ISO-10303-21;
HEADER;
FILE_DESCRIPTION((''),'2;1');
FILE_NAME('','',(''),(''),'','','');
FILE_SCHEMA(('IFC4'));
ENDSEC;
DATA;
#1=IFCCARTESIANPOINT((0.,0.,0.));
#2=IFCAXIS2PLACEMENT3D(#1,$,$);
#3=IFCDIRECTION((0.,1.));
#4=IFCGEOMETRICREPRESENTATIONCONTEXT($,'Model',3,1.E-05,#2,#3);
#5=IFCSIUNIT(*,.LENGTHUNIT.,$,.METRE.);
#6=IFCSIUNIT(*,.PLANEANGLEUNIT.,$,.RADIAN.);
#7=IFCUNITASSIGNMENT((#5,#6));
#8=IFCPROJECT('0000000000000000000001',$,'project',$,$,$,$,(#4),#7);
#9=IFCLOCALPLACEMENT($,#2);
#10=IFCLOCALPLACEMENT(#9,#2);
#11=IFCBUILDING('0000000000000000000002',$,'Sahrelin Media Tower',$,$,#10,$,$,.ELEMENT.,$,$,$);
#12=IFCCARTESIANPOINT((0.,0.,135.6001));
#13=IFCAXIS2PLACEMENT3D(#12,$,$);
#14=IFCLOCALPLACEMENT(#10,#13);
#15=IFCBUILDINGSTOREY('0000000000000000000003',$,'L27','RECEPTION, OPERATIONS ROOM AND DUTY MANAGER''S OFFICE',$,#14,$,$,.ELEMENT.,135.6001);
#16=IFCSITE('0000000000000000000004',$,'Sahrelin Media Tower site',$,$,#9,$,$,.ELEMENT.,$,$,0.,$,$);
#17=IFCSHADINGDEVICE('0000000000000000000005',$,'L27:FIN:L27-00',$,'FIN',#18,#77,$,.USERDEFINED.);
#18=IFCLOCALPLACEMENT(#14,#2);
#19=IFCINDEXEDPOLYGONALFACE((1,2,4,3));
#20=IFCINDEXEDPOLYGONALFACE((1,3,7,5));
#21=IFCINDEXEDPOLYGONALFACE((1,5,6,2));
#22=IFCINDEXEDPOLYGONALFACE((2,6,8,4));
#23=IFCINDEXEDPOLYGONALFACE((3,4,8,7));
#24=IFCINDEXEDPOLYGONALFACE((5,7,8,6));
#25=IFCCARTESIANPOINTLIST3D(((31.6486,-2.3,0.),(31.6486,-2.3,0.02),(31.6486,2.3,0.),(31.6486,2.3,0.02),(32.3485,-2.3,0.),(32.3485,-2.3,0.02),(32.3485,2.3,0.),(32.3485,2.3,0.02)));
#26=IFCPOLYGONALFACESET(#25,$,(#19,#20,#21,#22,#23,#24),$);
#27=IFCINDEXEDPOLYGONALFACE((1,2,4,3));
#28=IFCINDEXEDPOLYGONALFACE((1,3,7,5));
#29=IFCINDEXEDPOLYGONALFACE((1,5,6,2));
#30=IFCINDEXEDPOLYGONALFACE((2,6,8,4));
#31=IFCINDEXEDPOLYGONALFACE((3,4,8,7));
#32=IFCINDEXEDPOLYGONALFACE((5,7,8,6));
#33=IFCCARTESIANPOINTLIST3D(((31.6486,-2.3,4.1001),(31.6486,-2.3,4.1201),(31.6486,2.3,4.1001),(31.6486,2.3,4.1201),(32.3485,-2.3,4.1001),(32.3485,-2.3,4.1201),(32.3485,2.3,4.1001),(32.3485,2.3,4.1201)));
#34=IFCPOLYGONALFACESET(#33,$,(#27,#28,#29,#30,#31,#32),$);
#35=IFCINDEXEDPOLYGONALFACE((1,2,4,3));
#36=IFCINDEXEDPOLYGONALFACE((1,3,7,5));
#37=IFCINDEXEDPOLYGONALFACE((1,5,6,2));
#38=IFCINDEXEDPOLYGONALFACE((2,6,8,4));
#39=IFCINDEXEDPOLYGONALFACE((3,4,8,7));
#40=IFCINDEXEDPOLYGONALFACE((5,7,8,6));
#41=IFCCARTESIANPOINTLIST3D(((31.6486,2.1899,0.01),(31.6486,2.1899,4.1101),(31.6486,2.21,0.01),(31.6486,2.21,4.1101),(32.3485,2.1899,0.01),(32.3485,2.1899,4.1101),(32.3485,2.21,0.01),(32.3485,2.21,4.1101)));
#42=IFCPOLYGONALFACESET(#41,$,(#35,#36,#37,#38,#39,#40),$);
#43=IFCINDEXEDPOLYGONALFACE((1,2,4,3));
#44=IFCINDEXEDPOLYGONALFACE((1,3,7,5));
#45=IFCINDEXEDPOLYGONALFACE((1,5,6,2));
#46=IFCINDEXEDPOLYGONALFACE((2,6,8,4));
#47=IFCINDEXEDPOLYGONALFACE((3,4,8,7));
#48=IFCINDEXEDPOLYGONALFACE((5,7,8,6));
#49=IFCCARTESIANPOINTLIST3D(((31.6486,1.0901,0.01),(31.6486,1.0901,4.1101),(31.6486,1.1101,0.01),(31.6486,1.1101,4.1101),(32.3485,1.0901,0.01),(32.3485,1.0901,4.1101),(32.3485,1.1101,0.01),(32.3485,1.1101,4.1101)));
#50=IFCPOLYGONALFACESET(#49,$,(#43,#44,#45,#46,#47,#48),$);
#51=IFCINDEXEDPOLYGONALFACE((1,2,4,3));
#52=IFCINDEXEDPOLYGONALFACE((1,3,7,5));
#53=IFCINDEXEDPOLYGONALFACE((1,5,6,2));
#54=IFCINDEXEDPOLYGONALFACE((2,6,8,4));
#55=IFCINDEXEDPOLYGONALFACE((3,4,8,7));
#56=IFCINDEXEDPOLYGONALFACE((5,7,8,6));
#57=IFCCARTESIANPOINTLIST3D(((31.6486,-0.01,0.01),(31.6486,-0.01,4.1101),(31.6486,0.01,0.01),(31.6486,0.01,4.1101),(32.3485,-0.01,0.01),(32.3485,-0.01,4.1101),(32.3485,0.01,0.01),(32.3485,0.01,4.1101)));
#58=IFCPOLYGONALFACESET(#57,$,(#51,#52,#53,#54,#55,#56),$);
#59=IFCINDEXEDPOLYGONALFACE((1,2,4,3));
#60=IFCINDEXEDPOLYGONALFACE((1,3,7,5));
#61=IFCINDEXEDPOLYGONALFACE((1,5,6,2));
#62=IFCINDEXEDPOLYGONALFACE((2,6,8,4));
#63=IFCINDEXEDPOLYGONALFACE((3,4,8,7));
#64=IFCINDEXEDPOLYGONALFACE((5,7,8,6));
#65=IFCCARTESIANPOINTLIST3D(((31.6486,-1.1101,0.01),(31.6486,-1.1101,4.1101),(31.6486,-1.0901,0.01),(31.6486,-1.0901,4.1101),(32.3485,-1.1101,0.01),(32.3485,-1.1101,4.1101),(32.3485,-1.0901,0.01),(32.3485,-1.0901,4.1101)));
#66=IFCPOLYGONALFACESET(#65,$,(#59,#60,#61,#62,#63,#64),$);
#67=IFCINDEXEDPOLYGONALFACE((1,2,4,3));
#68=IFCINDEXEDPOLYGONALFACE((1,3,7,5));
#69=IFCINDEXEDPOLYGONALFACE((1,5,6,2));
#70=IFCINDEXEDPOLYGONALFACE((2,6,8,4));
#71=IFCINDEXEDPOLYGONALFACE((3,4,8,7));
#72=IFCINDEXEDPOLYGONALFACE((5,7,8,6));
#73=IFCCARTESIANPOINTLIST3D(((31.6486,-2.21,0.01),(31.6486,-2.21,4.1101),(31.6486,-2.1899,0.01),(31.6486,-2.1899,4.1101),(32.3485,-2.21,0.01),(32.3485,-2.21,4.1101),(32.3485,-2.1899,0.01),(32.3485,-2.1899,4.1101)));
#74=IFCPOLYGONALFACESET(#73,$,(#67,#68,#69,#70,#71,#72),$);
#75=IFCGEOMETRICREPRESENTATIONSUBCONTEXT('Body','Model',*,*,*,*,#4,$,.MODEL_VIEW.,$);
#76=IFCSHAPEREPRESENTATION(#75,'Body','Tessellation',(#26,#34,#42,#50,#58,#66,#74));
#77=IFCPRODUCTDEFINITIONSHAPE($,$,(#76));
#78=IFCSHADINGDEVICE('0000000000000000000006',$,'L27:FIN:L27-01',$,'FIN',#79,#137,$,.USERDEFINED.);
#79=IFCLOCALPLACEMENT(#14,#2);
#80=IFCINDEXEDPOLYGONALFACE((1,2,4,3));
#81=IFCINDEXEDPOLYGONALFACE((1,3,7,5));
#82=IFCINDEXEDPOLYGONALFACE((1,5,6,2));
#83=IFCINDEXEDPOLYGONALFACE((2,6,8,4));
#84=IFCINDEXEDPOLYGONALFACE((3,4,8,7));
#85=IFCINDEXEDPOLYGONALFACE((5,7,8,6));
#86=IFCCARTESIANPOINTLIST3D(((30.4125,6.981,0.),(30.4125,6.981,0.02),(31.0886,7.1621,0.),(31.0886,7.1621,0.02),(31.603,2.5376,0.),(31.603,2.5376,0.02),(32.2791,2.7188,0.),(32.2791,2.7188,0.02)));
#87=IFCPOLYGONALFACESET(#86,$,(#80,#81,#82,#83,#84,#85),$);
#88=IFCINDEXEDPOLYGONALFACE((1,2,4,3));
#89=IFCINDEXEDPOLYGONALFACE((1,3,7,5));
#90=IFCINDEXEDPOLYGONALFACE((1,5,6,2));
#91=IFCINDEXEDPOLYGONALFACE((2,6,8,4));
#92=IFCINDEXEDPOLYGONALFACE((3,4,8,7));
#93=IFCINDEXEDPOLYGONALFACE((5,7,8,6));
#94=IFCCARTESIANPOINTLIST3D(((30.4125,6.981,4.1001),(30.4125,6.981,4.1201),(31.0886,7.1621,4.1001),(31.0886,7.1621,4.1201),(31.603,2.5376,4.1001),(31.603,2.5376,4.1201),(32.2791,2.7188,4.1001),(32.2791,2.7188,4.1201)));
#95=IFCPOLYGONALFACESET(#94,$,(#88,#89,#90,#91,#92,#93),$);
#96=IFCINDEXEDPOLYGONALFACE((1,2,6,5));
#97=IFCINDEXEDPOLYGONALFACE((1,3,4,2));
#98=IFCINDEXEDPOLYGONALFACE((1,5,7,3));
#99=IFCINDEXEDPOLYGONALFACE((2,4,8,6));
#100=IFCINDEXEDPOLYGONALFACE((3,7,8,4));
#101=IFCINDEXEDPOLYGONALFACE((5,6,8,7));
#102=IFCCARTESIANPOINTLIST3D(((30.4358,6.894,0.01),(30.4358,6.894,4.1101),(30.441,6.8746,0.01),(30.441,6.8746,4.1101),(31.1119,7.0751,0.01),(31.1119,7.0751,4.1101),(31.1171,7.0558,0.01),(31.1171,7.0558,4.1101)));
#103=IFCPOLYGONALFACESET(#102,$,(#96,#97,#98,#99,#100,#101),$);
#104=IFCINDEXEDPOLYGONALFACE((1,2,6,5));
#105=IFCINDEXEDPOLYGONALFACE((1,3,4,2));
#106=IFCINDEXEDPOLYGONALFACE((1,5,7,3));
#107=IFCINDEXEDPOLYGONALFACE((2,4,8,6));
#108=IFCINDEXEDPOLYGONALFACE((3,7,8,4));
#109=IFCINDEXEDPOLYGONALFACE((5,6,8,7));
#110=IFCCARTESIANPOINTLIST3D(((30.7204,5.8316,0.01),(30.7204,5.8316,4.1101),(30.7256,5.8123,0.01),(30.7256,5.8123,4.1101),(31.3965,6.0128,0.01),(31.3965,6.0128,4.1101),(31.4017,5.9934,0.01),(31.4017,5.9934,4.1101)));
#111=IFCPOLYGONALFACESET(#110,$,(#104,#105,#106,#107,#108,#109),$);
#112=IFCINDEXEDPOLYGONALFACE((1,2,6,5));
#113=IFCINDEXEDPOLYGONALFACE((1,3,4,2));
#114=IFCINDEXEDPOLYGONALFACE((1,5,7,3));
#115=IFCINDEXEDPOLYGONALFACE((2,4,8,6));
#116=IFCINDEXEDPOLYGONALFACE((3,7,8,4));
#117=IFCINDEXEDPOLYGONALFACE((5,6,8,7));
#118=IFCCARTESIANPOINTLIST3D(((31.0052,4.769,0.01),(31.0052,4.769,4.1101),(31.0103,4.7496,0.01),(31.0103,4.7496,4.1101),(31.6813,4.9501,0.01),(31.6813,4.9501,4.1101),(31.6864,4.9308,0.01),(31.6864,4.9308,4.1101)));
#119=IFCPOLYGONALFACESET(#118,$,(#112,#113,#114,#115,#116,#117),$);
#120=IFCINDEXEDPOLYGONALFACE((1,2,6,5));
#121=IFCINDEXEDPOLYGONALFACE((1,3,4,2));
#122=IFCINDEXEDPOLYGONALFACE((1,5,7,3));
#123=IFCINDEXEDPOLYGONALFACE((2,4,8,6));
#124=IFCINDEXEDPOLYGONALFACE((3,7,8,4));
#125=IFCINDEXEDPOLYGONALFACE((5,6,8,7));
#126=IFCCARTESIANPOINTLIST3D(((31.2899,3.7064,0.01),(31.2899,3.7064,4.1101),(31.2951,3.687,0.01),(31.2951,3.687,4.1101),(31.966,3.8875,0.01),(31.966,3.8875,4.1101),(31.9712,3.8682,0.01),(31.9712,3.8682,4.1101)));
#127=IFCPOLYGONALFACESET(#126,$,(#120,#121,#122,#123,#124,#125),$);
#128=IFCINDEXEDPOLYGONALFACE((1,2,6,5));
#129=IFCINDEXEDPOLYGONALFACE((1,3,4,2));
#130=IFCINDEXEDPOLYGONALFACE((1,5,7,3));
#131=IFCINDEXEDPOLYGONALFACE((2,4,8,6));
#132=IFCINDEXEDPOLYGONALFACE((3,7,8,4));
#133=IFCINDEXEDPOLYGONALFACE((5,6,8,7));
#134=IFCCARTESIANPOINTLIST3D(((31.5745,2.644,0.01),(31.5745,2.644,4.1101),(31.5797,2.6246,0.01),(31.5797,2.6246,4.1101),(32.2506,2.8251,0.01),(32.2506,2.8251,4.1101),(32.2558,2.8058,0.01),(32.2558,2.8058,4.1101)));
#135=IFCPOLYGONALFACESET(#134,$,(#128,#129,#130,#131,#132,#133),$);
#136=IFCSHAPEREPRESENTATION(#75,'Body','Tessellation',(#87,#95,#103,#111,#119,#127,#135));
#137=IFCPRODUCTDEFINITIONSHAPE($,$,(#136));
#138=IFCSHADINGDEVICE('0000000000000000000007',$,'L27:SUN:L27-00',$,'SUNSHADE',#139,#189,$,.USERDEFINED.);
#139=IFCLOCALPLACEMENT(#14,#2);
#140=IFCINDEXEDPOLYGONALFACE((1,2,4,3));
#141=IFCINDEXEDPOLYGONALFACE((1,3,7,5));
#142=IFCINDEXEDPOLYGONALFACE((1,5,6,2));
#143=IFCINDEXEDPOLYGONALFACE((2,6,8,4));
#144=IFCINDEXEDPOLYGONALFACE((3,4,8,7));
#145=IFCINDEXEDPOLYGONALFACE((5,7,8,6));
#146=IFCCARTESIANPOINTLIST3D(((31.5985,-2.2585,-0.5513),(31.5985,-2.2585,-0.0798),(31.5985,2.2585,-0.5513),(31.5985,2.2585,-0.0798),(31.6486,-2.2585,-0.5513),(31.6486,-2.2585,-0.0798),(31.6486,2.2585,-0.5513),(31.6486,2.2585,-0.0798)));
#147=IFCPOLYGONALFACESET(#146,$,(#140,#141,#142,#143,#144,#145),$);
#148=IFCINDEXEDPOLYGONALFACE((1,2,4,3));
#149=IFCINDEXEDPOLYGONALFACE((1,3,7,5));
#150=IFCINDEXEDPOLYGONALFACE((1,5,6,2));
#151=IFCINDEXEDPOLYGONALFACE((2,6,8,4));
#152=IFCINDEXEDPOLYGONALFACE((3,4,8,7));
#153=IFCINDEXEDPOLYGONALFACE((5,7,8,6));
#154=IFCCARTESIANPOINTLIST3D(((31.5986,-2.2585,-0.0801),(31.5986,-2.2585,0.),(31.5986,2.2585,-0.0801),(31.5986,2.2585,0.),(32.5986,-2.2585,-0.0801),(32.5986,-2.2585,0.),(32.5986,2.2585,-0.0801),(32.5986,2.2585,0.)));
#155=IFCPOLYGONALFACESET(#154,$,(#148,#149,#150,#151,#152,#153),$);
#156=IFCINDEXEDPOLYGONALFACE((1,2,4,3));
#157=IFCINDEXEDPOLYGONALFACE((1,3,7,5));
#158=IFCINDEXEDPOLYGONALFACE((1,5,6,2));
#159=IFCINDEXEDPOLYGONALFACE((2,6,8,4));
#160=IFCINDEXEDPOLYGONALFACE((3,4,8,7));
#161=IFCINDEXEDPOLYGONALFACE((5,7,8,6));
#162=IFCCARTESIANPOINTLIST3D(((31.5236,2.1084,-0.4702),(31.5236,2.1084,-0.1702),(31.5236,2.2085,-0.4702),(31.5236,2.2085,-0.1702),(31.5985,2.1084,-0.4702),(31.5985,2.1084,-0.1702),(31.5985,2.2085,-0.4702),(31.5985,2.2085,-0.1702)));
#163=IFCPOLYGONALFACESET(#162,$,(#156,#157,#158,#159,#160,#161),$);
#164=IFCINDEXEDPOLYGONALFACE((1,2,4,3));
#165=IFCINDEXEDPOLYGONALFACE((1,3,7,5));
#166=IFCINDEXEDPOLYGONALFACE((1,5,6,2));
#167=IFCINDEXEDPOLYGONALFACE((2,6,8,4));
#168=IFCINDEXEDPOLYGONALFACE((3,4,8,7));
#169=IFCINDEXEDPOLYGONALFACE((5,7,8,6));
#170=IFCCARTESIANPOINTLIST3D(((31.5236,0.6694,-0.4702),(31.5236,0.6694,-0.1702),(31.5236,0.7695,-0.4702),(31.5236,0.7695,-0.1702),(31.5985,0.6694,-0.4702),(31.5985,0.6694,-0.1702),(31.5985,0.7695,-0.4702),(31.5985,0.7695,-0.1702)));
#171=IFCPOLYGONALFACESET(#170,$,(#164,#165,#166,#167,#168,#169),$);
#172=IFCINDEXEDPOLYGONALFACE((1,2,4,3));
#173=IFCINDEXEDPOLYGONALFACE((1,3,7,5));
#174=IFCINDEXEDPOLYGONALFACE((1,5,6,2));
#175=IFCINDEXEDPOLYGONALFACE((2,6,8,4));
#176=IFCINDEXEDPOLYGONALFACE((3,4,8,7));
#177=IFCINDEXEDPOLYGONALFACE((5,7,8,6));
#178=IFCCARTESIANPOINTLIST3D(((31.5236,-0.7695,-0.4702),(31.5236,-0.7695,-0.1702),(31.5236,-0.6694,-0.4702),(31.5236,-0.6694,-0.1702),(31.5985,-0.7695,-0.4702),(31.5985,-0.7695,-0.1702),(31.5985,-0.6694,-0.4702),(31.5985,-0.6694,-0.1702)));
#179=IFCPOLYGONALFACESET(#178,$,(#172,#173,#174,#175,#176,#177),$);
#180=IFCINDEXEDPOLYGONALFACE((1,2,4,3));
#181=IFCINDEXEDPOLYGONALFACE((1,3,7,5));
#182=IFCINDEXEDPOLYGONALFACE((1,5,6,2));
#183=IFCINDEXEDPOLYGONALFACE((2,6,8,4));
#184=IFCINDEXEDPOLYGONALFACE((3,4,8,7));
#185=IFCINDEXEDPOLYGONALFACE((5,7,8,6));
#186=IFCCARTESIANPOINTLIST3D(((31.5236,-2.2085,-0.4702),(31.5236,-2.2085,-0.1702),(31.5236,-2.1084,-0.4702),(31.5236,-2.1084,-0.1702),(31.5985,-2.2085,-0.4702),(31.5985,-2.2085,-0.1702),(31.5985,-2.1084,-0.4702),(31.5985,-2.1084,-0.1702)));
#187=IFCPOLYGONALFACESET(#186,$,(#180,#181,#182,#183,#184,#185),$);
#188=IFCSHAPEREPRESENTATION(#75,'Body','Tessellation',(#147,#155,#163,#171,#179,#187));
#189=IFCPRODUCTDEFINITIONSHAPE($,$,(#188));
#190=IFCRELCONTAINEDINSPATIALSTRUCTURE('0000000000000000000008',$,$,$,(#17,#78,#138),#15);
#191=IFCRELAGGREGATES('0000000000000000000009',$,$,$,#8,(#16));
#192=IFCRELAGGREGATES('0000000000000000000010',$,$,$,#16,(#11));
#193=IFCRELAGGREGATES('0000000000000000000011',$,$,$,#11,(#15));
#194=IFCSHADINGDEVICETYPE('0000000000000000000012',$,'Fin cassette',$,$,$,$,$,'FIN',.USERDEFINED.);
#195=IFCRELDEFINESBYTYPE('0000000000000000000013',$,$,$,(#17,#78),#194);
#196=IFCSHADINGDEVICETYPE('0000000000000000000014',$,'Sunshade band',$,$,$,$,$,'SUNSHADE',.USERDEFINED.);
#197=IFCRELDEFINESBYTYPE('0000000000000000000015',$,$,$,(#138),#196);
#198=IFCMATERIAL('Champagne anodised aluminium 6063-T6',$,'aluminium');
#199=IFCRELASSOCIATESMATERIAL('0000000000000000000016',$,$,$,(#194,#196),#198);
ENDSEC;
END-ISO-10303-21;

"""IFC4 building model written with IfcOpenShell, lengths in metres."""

from ifc_helpers import new_model, si_unit, direction, frame, origin, origin_2d, place, context, subcontext, project, spatial, rectangle, extrude, material, type_object, element, save


model = new_model("IFC4")

# Units and contexts
model_context = context("Model", 3, precision=1e-05, world=origin(), true_north=direction((0.0, 1.0)))
body_context = subcontext(model_context, "Body", "Model", "MODEL_VIEW")
ifc_project = project(units=[si_unit("LENGTHUNIT", "METRE"), si_unit("PLANEANGLEUNIT", "RADIAN")], contexts=[model_context])

# Site, building, storey
site_placement = place(None, origin())
site = spatial("IfcSite", under=ifc_project, at=site_placement, Name="Sahrelin Media Tower site", CompositionType="ELEMENT", RefElevation=0.0)
building_placement = place(site_placement, origin())
building = spatial("IfcBuilding", under=site, at=building_placement, Name="Sahrelin Media Tower", CompositionType="ELEMENT")
storey_placement = place(building_placement, frame((0.0, 0.0, 135.6001)))
storey = spatial("IfcBuildingStorey", under=building, at=storey_placement, Name="L27", Description="RECEPTION, OPERATIONS ROOM AND DUTY MANAGER'S OFFICE", CompositionType="ELEMENT", Elevation=135.6001)

# Shared definitions
ifc_material_1 = material(Name="Champagne anodised aluminium 6063-T6", Category="aluminium")

# Shading devices
shading_device_type_1 = type_object("IfcShadingDeviceType", Name="Fin cassette", ElementType="FIN", PredefinedType="USERDEFINED", material=ifc_material_1)
placement_1 = place(storey_placement, frame((31.5786, 0.0, 0.0), z_axis=(0.0, 0.0, 1.0), x_axis=(0.0, -1.0, 0.0)))
element("IfcShadingDevice", 1, at=placement_1, inside=storey, type_object=shading_device_type_1, Name="L27:FIN:L27-00", ObjectType="FIN", PredefinedType="USERDEFINED", context=body_context, shape_type="SweptSolid", body=[
    extrude(rectangle(XDim=4.6001, YDim=0.7, at=origin_2d()), frame((0.0, 0.4199, 0.0)), (0.0, 0.0, 1.0), 0.02),
    extrude(rectangle(XDim=4.6001, YDim=0.7, at=origin_2d()), frame((0.0, 0.4199, 4.1001)), (0.0, 0.0, 1.0), 0.02),
    extrude(rectangle(XDim=0.02, YDim=0.7, at=origin_2d()), frame((-2.2, 0.4199, 0.01), z_axis=(0.0, 0.0, 1.0), x_axis=(1.0, 0.0, 0.0)), (0.0, 0.0, 1.0), 4.1001),
    extrude(rectangle(XDim=0.02, YDim=0.7, at=origin_2d()), frame((-1.1001, 0.4199, 0.01), z_axis=(0.0, 0.0, 1.0), x_axis=(1.0, 0.0, 0.0)), (0.0, 0.0, 1.0), 4.1001),
    extrude(rectangle(XDim=0.02, YDim=0.7, at=origin_2d()), frame((0.0, 0.4199, 0.01), z_axis=(0.0, 0.0, 1.0), x_axis=(1.0, 0.0, 0.0)), (0.0, 0.0, 1.0), 4.1001),
    extrude(rectangle(XDim=0.02, YDim=0.7, at=origin_2d()), frame((1.1001, 0.4199, 0.01), z_axis=(0.0, 0.0, 1.0), x_axis=(1.0, 0.0, 0.0)), (0.0, 0.0, 1.0), 4.1001),
    extrude(rectangle(XDim=0.02, YDim=0.7, at=origin_2d()), frame((2.2, 0.4199, 0.01), z_axis=(0.0, 0.0, 1.0), x_axis=(1.0, 0.0, 0.0)), (0.0, 0.0, 1.0), 4.1001),
])
placement_2 = place(storey_placement, frame((30.9402, 4.7412, 0.0), z_axis=(0.0, 0.0, 1.0), x_axis=(0.258808, -0.965929, 0.0)))
element("IfcShadingDevice", 2, at=placement_2, inside=storey, type_object=shading_device_type_1, Name="L27:FIN:L27-01", ObjectType="FIN", PredefinedType="USERDEFINED", context=body_context, shape_type="SweptSolid", body=[
    extrude(rectangle(XDim=4.6001, YDim=0.7, at=origin_2d()), frame((0.0, 0.4199, 0.0)), (0.0, 0.0, 1.0), 0.02),
    extrude(rectangle(XDim=4.6001, YDim=0.7, at=origin_2d()), frame((0.0, 0.4199, 4.1001)), (0.0, 0.0, 1.0), 0.02),
    extrude(rectangle(XDim=0.02, YDim=0.7, at=origin_2d()), frame((-2.2, 0.4199, 0.01), z_axis=(0.0, 0.0, 1.0), x_axis=(1.0, 0.0, 0.0)), (0.0, 0.0, 1.0), 4.1001),
    extrude(rectangle(XDim=0.02, YDim=0.7, at=origin_2d()), frame((-1.1001, 0.4199, 0.01), z_axis=(0.0, 0.0, 1.0), x_axis=(1.0, 0.0, 0.0)), (0.0, 0.0, 1.0), 4.1001),
    extrude(rectangle(XDim=0.02, YDim=0.7, at=origin_2d()), frame((0.0, 0.4199, 0.01), z_axis=(0.0, 0.0, 1.0), x_axis=(1.0, 0.0, 0.0)), (0.0, 0.0, 1.0), 4.1001),
    extrude(rectangle(XDim=0.02, YDim=0.7, at=origin_2d()), frame((1.1001, 0.4199, 0.01), z_axis=(0.0, 0.0, 1.0), x_axis=(1.0, 0.0, 0.0)), (0.0, 0.0, 1.0), 4.1001),
    extrude(rectangle(XDim=0.02, YDim=0.7, at=origin_2d()), frame((2.2, 0.4199, 0.01), z_axis=(0.0, 0.0, 1.0), x_axis=(1.0, 0.0, 0.0)), (0.0, 0.0, 1.0), 4.1001),
])
shading_device_type_2 = type_object("IfcShadingDeviceType", Name="Sunshade band", ElementType="SUNSHADE", PredefinedType="USERDEFINED", material=ifc_material_1)
element("IfcShadingDevice", 3, at=placement_1, inside=storey, type_object=shading_device_type_2, Name="L27:SUN:L27-00", ObjectType="SUNSHADE", PredefinedType="USERDEFINED", context=body_context, shape_type="SweptSolid", body=[
    extrude(rectangle(XDim=4.5171, YDim=0.05, at=origin_2d()), frame((0.0, 0.0449, -0.5513)), (0.0, 0.0, 1.0), 0.4714),
    extrude(rectangle(XDim=4.5171, YDim=1.0, at=origin_2d()), frame((0.0, 0.52, -0.0801)), (0.0, 0.0, 1.0), 0.0801),
    extrude(rectangle(XDim=0.1001, YDim=0.075, at=origin_2d()), frame((-2.1584, -0.0176, -0.4702)), (0.0, 0.0, 1.0), 0.3),
    extrude(rectangle(XDim=0.1001, YDim=0.075, at=origin_2d()), frame((-0.7195, -0.0176, -0.4702)), (0.0, 0.0, 1.0), 0.3),
    extrude(rectangle(XDim=0.1001, YDim=0.075, at=origin_2d()), frame((0.7195, -0.0176, -0.4702)), (0.0, 0.0, 1.0), 0.3),
    extrude(rectangle(XDim=0.1001, YDim=0.075, at=origin_2d()), frame((2.1584, -0.0176, -0.4702)), (0.0, 0.0, 1.0), 0.3),
])

save(model, "model.ifc")
